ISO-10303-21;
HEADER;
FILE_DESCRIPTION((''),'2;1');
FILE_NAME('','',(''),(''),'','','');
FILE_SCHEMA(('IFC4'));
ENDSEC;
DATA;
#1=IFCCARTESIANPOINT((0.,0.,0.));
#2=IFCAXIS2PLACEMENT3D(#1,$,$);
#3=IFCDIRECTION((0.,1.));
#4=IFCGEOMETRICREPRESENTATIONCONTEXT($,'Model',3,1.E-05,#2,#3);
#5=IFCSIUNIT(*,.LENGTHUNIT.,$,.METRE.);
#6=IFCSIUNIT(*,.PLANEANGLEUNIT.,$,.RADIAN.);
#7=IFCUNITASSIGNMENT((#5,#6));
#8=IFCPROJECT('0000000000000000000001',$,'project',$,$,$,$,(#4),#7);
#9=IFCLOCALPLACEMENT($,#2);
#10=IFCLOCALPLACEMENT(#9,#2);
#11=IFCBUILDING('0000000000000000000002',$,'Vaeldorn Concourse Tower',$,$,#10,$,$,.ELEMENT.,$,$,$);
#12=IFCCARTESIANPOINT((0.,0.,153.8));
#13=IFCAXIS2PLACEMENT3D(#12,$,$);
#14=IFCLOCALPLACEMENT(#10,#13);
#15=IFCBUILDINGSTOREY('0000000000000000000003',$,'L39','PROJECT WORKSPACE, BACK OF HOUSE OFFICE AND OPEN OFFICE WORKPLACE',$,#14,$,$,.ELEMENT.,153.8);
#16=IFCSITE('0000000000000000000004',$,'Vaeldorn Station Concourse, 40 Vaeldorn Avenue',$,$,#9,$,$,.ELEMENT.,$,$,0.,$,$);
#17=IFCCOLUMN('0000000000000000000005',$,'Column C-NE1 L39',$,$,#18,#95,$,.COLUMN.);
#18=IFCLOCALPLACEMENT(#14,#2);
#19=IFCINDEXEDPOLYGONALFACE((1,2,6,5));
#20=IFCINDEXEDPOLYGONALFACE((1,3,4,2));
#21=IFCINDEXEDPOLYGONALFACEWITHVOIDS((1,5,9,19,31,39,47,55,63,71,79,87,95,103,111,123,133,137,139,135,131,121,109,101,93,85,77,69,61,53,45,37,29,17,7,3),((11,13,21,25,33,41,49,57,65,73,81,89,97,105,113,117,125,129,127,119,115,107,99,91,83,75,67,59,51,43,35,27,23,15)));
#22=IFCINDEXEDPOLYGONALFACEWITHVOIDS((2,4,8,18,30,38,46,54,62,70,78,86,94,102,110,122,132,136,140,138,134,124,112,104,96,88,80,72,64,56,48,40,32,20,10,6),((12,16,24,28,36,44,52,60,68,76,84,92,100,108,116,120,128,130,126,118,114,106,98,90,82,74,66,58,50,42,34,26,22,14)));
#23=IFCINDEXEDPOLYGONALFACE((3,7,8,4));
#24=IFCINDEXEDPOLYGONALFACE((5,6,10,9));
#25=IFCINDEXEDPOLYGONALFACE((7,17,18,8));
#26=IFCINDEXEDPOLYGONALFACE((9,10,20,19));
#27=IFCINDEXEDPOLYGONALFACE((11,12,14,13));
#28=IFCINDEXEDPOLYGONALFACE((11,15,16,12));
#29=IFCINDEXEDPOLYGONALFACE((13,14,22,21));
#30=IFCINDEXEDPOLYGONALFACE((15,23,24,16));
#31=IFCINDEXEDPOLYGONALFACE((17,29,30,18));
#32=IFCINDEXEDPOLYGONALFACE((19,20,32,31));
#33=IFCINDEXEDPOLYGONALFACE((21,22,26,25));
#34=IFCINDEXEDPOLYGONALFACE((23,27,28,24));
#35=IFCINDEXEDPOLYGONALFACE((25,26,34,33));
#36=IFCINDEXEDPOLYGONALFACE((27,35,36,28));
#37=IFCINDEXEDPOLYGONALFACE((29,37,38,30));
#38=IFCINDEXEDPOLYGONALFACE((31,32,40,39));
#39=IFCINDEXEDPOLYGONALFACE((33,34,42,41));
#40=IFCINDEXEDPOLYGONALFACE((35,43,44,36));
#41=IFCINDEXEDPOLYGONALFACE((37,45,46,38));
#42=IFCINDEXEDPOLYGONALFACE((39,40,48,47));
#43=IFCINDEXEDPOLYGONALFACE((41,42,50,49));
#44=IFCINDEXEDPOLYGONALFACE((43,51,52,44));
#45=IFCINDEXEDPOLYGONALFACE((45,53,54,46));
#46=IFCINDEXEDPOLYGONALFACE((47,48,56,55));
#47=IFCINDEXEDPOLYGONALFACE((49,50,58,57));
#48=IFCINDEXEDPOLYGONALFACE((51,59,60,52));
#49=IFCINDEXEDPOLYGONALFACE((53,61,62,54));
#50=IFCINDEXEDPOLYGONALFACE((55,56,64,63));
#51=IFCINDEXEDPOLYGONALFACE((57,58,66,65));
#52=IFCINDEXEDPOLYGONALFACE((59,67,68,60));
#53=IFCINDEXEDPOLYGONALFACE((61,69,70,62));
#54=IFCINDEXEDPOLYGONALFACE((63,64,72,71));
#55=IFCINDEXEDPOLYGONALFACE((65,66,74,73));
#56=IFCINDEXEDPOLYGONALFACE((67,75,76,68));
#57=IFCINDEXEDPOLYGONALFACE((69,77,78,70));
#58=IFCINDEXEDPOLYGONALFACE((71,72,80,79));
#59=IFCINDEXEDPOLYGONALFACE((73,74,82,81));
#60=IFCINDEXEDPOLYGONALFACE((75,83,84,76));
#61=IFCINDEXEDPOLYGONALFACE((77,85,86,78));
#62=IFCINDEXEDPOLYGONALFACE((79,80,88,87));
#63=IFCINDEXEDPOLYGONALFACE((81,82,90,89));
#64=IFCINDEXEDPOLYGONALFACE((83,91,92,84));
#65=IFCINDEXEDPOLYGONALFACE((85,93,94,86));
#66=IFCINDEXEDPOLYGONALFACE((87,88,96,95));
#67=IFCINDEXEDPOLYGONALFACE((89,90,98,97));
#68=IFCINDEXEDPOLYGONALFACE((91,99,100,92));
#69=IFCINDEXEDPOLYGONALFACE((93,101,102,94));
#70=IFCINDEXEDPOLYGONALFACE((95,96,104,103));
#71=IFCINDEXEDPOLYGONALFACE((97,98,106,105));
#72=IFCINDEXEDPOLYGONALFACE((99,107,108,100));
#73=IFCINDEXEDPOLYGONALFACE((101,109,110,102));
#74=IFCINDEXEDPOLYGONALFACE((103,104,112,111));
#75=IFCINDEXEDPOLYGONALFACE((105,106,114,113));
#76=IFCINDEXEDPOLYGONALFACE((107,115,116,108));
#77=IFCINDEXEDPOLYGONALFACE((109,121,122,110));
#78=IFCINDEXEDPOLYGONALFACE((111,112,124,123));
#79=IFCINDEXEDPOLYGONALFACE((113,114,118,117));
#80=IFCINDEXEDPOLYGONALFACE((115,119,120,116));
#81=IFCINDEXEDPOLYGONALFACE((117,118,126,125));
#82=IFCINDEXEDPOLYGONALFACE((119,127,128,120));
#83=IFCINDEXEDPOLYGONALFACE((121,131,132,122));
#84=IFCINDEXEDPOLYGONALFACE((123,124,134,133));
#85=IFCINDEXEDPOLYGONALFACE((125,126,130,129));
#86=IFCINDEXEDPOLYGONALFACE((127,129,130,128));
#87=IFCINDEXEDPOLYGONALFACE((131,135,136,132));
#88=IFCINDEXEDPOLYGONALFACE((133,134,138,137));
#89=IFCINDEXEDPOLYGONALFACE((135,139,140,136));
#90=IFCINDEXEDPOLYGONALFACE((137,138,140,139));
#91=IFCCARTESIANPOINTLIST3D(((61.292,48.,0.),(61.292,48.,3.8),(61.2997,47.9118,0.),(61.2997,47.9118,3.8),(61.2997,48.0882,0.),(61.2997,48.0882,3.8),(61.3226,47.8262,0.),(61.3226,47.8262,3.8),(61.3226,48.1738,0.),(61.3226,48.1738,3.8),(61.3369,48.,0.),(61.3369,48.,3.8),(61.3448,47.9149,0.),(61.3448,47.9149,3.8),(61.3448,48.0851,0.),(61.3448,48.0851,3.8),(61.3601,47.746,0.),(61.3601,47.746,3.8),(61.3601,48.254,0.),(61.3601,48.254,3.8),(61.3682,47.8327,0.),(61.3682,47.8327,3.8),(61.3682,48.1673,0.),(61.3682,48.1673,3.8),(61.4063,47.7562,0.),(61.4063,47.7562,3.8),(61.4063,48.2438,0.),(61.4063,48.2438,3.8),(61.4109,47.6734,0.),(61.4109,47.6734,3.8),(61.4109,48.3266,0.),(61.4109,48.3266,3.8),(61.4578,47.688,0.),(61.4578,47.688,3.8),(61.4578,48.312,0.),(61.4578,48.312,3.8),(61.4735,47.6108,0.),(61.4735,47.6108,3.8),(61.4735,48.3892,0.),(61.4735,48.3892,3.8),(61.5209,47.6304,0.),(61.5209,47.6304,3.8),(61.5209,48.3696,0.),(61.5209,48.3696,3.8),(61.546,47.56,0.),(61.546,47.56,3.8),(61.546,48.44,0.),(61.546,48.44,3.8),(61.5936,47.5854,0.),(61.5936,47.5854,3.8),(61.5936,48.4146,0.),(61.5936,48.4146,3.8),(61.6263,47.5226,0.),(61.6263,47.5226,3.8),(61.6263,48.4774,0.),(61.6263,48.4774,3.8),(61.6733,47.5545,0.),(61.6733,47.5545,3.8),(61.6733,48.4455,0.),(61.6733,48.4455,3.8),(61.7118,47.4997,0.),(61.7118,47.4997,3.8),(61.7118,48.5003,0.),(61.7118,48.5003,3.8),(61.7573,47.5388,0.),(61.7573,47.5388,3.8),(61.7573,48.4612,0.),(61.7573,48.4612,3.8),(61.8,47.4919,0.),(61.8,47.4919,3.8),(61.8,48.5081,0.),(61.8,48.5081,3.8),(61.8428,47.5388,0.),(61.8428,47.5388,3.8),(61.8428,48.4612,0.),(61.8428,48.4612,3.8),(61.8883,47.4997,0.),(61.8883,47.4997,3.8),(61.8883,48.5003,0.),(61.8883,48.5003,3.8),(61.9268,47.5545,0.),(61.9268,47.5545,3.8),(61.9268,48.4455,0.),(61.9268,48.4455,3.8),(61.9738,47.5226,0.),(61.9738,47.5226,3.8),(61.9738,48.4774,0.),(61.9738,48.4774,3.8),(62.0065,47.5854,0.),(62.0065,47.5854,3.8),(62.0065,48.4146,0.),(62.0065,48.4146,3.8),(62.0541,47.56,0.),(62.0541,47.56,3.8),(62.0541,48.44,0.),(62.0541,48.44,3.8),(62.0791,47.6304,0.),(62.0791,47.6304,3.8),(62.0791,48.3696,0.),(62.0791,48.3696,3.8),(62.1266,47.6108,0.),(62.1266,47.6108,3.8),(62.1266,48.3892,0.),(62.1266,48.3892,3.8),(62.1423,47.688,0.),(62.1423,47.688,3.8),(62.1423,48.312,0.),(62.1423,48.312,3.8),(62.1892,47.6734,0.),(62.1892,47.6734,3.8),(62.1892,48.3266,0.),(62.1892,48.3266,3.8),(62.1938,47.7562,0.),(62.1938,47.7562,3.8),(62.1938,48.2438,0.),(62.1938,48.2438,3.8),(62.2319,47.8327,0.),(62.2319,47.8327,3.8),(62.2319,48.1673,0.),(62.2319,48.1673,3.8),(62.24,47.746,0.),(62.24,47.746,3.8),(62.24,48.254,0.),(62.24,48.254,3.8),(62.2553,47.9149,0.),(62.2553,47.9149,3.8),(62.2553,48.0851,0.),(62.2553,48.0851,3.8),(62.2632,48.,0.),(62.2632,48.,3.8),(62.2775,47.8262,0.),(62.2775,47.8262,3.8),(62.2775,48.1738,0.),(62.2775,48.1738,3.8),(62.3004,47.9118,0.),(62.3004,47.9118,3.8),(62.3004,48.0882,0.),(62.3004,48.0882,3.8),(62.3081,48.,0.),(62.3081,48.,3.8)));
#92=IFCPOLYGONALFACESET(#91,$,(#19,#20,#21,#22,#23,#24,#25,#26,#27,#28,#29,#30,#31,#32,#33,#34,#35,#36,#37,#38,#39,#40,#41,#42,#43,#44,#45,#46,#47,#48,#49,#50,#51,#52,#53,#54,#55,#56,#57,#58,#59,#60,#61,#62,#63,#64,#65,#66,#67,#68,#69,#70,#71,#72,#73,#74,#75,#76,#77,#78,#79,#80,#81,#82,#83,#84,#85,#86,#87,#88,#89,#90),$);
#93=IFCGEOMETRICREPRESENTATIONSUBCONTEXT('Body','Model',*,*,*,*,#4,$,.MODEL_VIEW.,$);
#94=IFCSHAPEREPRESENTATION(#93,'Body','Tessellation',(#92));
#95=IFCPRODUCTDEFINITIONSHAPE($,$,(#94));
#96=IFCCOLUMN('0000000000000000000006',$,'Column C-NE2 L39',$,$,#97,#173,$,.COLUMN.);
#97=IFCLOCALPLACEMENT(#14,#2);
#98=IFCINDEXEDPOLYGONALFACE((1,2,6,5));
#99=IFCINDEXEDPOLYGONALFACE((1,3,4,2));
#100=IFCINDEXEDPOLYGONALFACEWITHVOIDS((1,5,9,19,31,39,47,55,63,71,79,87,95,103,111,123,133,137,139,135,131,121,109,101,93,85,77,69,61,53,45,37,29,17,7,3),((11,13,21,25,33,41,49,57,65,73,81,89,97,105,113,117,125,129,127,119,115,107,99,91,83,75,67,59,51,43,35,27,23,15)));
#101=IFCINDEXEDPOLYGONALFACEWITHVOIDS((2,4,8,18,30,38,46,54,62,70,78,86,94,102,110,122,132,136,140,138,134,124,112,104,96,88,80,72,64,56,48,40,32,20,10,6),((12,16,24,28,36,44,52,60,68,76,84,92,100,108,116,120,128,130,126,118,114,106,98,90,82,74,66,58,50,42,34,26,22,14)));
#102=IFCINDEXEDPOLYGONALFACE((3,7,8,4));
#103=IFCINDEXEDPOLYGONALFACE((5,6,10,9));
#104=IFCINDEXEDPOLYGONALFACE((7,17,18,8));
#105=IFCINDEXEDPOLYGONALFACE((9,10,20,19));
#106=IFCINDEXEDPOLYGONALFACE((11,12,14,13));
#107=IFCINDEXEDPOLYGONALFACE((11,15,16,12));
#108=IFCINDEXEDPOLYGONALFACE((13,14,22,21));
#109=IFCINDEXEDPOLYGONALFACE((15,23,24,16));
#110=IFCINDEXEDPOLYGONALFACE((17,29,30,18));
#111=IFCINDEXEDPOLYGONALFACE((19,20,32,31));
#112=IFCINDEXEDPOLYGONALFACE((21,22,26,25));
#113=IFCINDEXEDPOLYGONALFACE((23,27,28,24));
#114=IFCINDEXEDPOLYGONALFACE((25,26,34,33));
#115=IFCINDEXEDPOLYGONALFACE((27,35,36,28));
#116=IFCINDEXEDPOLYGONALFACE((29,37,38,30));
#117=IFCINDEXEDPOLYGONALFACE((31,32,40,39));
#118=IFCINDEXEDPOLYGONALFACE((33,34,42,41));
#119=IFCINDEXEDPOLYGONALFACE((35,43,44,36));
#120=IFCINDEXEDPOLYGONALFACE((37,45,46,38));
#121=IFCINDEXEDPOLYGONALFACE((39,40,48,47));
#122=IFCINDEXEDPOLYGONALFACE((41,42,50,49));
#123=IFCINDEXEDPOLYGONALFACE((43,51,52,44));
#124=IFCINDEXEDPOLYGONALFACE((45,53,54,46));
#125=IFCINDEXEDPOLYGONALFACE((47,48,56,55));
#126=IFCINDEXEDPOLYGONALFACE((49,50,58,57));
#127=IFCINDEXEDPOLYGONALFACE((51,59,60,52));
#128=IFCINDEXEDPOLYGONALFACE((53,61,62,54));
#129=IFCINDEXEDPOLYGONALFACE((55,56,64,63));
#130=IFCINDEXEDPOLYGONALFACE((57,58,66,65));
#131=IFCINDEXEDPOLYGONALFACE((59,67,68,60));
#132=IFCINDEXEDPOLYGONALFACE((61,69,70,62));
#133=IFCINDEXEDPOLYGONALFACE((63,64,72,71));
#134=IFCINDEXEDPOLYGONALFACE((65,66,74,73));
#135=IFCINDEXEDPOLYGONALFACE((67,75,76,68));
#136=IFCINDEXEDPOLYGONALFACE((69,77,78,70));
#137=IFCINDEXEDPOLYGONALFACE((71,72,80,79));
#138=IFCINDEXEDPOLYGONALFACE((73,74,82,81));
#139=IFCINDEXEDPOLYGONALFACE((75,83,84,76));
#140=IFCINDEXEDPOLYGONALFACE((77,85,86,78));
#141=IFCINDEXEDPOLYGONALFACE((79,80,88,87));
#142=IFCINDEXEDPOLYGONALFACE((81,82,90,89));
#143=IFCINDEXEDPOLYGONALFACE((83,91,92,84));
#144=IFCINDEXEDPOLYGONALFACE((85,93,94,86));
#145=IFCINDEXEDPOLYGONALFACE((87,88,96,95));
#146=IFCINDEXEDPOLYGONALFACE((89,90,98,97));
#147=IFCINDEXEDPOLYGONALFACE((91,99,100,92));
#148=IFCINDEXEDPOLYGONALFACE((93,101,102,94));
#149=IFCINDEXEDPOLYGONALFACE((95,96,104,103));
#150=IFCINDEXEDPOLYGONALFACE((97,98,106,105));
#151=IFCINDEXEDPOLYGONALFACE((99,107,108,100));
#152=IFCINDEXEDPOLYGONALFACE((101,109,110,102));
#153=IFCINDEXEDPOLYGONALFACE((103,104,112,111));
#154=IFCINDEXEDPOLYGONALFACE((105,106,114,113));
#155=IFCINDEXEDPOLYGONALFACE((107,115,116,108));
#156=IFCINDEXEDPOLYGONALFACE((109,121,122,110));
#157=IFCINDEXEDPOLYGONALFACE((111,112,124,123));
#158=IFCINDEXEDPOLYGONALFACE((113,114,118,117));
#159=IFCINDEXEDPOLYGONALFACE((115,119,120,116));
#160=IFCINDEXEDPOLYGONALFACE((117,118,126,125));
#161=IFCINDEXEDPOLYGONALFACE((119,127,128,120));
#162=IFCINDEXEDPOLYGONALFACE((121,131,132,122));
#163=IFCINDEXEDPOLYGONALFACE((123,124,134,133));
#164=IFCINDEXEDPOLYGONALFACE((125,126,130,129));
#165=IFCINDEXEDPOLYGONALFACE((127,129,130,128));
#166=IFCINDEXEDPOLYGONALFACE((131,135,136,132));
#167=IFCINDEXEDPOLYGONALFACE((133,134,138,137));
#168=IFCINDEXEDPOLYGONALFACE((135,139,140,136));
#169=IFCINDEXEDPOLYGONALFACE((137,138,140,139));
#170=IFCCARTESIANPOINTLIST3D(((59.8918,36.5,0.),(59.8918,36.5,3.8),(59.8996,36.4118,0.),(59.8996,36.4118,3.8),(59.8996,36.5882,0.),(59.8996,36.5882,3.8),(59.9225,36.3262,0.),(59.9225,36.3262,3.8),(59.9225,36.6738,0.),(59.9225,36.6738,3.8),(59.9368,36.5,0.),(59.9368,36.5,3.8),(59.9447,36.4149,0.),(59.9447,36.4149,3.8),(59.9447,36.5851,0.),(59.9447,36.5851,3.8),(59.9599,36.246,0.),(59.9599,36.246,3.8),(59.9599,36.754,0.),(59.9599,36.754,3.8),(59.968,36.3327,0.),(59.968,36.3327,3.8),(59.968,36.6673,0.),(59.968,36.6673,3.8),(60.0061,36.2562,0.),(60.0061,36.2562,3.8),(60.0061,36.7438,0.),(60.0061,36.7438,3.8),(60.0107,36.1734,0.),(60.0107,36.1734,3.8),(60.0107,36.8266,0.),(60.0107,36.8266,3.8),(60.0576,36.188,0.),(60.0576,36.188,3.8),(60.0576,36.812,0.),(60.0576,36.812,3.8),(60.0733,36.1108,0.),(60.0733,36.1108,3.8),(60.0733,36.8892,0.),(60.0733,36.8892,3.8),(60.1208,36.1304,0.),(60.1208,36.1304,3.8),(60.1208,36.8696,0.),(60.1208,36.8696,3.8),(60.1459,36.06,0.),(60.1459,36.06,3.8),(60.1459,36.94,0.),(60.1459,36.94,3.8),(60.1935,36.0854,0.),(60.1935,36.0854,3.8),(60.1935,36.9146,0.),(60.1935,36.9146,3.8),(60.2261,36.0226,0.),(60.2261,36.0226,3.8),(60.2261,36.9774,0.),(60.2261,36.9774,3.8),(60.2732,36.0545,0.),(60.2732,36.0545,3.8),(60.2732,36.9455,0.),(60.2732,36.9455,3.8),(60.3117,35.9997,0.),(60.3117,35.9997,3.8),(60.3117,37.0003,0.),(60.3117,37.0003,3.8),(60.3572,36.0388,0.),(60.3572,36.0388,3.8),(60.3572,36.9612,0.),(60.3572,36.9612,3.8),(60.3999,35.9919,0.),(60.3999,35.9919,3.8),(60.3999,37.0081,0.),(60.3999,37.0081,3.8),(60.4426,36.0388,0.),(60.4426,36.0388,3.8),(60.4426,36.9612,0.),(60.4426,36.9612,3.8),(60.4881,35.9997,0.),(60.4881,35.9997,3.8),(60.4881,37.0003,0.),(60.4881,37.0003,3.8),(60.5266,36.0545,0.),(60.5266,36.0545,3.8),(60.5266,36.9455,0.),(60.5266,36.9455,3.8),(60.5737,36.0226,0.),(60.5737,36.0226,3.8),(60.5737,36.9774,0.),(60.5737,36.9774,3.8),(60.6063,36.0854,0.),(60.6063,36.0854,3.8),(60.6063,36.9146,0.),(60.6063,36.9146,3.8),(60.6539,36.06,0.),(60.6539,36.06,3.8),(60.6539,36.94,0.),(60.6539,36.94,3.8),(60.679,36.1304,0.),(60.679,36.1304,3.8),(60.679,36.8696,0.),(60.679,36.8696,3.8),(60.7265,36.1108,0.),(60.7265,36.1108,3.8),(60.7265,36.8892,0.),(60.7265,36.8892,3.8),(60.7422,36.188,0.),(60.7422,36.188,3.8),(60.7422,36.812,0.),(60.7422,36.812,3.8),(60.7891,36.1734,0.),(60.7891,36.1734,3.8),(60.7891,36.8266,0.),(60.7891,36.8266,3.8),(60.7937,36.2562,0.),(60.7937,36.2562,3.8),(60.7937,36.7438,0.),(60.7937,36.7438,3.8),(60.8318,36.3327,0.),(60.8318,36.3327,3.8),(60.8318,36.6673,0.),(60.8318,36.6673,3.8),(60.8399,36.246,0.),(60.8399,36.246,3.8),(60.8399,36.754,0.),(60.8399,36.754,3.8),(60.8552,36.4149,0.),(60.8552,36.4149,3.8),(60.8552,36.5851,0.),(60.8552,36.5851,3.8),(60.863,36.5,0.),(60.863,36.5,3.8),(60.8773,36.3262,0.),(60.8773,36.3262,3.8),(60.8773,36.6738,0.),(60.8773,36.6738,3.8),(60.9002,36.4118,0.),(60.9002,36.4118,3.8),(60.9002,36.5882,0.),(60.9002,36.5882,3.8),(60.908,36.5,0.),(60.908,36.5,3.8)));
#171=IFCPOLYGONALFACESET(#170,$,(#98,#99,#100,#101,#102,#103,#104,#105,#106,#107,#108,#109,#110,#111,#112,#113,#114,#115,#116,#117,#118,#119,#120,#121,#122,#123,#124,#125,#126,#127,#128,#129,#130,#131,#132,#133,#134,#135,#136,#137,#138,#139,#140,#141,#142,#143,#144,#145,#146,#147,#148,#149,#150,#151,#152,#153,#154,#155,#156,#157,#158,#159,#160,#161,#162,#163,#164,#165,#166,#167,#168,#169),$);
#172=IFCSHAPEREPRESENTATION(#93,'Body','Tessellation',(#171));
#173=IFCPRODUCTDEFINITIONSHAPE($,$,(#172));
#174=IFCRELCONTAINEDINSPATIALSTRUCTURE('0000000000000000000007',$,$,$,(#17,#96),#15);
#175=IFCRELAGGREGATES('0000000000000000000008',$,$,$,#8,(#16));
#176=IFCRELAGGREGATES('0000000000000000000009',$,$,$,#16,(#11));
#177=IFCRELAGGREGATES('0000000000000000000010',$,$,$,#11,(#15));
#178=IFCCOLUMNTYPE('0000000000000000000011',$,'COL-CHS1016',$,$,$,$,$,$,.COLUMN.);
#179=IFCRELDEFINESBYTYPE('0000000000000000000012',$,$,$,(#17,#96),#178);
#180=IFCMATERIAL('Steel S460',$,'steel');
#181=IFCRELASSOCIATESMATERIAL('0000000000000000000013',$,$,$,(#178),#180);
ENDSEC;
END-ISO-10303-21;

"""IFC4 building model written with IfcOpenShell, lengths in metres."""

from ifc_helpers import new_model, si_unit, direction, frame, origin, origin_2d, place, context, subcontext, project, spatial, hollow_circle, extrude, source, transform, mapped, material, material_profile, profile_set, type_object, element, save


model = new_model("IFC4")

# Units and contexts
model_context = context("Model", 3, precision=1e-05, world=origin(), true_north=direction((0.0, 1.0)))
body_context = subcontext(model_context, "Body", "Model", "MODEL_VIEW")
ifc_project = project(units=[si_unit("LENGTHUNIT", "METRE"), si_unit("PLANEANGLEUNIT", "RADIAN")], contexts=[model_context])

# Site, building, storey
site_placement = place(None, origin())
site = spatial("IfcSite", under=ifc_project, at=site_placement, Name="Vaeldorn Station Concourse, 40 Vaeldorn Avenue", CompositionType="ELEMENT", RefElevation=0.0)
building_placement = place(site_placement, origin())
building = spatial("IfcBuilding", under=site, at=building_placement, Name="Vaeldorn Concourse Tower", CompositionType="ELEMENT")
storey_placement = place(building_placement, frame((0.0, 0.0, 153.8)))
storey = spatial("IfcBuildingStorey", under=building, at=storey_placement, Name="L39", Description="PROJECT WORKSPACE, BACK OF HOUSE OFFICE AND OPEN OFFICE WORKPLACE", CompositionType="ELEMENT", Elevation=153.8)

# Columns
ifc_material_1 = material(Name="Steel S460", Category="steel")
ifc_material_profile_1 = material_profile(ifc_material_1, hollow_circle(Radius=0.5081, WallThickness=0.0449, at=origin_2d()), Name="CHS 1016x45")
ifc_profile_set_1 = profile_set([ifc_material_profile_1], Name="Steel S460")
column_type = type_object("IfcColumnType", Name="COL-CHS1016", PredefinedType="COLUMN", material=ifc_profile_set_1)
shared_shape_1 = source(origin(), body_context, "Body", "SweptSolid", [
    extrude(hollow_circle(Radius=0.5081, WallThickness=0.0449, at=origin_2d()), origin(), (0.0, 0.0, 1.0), 3.8),
])
for number, where, z_axis, x_axis, name in (
    (1, (61.8, 48.0, 0.0), (0.0, 0.0, 1.0), (1.0, 0.0, 0.0), "Column C-NE1 L39"),
    (2, (60.3999, 36.5, 0.0), (0.0, 0.0, 1.0), (1.0, 0.0, 0.0), "Column C-NE2 L39"),
):
    element("IfcColumn", number, at=place(storey_placement, frame(where, z_axis=z_axis, x_axis=x_axis)), inside=storey, type_object=column_type, Name=name, PredefinedType="COLUMN", context=body_context, shape_type="MappedRepresentation", body=[
        mapped(shared_shape_1, transform((0.0, 0.0, 0.0), scale=1.0)),
    ])

save(model, "model.ifc")
